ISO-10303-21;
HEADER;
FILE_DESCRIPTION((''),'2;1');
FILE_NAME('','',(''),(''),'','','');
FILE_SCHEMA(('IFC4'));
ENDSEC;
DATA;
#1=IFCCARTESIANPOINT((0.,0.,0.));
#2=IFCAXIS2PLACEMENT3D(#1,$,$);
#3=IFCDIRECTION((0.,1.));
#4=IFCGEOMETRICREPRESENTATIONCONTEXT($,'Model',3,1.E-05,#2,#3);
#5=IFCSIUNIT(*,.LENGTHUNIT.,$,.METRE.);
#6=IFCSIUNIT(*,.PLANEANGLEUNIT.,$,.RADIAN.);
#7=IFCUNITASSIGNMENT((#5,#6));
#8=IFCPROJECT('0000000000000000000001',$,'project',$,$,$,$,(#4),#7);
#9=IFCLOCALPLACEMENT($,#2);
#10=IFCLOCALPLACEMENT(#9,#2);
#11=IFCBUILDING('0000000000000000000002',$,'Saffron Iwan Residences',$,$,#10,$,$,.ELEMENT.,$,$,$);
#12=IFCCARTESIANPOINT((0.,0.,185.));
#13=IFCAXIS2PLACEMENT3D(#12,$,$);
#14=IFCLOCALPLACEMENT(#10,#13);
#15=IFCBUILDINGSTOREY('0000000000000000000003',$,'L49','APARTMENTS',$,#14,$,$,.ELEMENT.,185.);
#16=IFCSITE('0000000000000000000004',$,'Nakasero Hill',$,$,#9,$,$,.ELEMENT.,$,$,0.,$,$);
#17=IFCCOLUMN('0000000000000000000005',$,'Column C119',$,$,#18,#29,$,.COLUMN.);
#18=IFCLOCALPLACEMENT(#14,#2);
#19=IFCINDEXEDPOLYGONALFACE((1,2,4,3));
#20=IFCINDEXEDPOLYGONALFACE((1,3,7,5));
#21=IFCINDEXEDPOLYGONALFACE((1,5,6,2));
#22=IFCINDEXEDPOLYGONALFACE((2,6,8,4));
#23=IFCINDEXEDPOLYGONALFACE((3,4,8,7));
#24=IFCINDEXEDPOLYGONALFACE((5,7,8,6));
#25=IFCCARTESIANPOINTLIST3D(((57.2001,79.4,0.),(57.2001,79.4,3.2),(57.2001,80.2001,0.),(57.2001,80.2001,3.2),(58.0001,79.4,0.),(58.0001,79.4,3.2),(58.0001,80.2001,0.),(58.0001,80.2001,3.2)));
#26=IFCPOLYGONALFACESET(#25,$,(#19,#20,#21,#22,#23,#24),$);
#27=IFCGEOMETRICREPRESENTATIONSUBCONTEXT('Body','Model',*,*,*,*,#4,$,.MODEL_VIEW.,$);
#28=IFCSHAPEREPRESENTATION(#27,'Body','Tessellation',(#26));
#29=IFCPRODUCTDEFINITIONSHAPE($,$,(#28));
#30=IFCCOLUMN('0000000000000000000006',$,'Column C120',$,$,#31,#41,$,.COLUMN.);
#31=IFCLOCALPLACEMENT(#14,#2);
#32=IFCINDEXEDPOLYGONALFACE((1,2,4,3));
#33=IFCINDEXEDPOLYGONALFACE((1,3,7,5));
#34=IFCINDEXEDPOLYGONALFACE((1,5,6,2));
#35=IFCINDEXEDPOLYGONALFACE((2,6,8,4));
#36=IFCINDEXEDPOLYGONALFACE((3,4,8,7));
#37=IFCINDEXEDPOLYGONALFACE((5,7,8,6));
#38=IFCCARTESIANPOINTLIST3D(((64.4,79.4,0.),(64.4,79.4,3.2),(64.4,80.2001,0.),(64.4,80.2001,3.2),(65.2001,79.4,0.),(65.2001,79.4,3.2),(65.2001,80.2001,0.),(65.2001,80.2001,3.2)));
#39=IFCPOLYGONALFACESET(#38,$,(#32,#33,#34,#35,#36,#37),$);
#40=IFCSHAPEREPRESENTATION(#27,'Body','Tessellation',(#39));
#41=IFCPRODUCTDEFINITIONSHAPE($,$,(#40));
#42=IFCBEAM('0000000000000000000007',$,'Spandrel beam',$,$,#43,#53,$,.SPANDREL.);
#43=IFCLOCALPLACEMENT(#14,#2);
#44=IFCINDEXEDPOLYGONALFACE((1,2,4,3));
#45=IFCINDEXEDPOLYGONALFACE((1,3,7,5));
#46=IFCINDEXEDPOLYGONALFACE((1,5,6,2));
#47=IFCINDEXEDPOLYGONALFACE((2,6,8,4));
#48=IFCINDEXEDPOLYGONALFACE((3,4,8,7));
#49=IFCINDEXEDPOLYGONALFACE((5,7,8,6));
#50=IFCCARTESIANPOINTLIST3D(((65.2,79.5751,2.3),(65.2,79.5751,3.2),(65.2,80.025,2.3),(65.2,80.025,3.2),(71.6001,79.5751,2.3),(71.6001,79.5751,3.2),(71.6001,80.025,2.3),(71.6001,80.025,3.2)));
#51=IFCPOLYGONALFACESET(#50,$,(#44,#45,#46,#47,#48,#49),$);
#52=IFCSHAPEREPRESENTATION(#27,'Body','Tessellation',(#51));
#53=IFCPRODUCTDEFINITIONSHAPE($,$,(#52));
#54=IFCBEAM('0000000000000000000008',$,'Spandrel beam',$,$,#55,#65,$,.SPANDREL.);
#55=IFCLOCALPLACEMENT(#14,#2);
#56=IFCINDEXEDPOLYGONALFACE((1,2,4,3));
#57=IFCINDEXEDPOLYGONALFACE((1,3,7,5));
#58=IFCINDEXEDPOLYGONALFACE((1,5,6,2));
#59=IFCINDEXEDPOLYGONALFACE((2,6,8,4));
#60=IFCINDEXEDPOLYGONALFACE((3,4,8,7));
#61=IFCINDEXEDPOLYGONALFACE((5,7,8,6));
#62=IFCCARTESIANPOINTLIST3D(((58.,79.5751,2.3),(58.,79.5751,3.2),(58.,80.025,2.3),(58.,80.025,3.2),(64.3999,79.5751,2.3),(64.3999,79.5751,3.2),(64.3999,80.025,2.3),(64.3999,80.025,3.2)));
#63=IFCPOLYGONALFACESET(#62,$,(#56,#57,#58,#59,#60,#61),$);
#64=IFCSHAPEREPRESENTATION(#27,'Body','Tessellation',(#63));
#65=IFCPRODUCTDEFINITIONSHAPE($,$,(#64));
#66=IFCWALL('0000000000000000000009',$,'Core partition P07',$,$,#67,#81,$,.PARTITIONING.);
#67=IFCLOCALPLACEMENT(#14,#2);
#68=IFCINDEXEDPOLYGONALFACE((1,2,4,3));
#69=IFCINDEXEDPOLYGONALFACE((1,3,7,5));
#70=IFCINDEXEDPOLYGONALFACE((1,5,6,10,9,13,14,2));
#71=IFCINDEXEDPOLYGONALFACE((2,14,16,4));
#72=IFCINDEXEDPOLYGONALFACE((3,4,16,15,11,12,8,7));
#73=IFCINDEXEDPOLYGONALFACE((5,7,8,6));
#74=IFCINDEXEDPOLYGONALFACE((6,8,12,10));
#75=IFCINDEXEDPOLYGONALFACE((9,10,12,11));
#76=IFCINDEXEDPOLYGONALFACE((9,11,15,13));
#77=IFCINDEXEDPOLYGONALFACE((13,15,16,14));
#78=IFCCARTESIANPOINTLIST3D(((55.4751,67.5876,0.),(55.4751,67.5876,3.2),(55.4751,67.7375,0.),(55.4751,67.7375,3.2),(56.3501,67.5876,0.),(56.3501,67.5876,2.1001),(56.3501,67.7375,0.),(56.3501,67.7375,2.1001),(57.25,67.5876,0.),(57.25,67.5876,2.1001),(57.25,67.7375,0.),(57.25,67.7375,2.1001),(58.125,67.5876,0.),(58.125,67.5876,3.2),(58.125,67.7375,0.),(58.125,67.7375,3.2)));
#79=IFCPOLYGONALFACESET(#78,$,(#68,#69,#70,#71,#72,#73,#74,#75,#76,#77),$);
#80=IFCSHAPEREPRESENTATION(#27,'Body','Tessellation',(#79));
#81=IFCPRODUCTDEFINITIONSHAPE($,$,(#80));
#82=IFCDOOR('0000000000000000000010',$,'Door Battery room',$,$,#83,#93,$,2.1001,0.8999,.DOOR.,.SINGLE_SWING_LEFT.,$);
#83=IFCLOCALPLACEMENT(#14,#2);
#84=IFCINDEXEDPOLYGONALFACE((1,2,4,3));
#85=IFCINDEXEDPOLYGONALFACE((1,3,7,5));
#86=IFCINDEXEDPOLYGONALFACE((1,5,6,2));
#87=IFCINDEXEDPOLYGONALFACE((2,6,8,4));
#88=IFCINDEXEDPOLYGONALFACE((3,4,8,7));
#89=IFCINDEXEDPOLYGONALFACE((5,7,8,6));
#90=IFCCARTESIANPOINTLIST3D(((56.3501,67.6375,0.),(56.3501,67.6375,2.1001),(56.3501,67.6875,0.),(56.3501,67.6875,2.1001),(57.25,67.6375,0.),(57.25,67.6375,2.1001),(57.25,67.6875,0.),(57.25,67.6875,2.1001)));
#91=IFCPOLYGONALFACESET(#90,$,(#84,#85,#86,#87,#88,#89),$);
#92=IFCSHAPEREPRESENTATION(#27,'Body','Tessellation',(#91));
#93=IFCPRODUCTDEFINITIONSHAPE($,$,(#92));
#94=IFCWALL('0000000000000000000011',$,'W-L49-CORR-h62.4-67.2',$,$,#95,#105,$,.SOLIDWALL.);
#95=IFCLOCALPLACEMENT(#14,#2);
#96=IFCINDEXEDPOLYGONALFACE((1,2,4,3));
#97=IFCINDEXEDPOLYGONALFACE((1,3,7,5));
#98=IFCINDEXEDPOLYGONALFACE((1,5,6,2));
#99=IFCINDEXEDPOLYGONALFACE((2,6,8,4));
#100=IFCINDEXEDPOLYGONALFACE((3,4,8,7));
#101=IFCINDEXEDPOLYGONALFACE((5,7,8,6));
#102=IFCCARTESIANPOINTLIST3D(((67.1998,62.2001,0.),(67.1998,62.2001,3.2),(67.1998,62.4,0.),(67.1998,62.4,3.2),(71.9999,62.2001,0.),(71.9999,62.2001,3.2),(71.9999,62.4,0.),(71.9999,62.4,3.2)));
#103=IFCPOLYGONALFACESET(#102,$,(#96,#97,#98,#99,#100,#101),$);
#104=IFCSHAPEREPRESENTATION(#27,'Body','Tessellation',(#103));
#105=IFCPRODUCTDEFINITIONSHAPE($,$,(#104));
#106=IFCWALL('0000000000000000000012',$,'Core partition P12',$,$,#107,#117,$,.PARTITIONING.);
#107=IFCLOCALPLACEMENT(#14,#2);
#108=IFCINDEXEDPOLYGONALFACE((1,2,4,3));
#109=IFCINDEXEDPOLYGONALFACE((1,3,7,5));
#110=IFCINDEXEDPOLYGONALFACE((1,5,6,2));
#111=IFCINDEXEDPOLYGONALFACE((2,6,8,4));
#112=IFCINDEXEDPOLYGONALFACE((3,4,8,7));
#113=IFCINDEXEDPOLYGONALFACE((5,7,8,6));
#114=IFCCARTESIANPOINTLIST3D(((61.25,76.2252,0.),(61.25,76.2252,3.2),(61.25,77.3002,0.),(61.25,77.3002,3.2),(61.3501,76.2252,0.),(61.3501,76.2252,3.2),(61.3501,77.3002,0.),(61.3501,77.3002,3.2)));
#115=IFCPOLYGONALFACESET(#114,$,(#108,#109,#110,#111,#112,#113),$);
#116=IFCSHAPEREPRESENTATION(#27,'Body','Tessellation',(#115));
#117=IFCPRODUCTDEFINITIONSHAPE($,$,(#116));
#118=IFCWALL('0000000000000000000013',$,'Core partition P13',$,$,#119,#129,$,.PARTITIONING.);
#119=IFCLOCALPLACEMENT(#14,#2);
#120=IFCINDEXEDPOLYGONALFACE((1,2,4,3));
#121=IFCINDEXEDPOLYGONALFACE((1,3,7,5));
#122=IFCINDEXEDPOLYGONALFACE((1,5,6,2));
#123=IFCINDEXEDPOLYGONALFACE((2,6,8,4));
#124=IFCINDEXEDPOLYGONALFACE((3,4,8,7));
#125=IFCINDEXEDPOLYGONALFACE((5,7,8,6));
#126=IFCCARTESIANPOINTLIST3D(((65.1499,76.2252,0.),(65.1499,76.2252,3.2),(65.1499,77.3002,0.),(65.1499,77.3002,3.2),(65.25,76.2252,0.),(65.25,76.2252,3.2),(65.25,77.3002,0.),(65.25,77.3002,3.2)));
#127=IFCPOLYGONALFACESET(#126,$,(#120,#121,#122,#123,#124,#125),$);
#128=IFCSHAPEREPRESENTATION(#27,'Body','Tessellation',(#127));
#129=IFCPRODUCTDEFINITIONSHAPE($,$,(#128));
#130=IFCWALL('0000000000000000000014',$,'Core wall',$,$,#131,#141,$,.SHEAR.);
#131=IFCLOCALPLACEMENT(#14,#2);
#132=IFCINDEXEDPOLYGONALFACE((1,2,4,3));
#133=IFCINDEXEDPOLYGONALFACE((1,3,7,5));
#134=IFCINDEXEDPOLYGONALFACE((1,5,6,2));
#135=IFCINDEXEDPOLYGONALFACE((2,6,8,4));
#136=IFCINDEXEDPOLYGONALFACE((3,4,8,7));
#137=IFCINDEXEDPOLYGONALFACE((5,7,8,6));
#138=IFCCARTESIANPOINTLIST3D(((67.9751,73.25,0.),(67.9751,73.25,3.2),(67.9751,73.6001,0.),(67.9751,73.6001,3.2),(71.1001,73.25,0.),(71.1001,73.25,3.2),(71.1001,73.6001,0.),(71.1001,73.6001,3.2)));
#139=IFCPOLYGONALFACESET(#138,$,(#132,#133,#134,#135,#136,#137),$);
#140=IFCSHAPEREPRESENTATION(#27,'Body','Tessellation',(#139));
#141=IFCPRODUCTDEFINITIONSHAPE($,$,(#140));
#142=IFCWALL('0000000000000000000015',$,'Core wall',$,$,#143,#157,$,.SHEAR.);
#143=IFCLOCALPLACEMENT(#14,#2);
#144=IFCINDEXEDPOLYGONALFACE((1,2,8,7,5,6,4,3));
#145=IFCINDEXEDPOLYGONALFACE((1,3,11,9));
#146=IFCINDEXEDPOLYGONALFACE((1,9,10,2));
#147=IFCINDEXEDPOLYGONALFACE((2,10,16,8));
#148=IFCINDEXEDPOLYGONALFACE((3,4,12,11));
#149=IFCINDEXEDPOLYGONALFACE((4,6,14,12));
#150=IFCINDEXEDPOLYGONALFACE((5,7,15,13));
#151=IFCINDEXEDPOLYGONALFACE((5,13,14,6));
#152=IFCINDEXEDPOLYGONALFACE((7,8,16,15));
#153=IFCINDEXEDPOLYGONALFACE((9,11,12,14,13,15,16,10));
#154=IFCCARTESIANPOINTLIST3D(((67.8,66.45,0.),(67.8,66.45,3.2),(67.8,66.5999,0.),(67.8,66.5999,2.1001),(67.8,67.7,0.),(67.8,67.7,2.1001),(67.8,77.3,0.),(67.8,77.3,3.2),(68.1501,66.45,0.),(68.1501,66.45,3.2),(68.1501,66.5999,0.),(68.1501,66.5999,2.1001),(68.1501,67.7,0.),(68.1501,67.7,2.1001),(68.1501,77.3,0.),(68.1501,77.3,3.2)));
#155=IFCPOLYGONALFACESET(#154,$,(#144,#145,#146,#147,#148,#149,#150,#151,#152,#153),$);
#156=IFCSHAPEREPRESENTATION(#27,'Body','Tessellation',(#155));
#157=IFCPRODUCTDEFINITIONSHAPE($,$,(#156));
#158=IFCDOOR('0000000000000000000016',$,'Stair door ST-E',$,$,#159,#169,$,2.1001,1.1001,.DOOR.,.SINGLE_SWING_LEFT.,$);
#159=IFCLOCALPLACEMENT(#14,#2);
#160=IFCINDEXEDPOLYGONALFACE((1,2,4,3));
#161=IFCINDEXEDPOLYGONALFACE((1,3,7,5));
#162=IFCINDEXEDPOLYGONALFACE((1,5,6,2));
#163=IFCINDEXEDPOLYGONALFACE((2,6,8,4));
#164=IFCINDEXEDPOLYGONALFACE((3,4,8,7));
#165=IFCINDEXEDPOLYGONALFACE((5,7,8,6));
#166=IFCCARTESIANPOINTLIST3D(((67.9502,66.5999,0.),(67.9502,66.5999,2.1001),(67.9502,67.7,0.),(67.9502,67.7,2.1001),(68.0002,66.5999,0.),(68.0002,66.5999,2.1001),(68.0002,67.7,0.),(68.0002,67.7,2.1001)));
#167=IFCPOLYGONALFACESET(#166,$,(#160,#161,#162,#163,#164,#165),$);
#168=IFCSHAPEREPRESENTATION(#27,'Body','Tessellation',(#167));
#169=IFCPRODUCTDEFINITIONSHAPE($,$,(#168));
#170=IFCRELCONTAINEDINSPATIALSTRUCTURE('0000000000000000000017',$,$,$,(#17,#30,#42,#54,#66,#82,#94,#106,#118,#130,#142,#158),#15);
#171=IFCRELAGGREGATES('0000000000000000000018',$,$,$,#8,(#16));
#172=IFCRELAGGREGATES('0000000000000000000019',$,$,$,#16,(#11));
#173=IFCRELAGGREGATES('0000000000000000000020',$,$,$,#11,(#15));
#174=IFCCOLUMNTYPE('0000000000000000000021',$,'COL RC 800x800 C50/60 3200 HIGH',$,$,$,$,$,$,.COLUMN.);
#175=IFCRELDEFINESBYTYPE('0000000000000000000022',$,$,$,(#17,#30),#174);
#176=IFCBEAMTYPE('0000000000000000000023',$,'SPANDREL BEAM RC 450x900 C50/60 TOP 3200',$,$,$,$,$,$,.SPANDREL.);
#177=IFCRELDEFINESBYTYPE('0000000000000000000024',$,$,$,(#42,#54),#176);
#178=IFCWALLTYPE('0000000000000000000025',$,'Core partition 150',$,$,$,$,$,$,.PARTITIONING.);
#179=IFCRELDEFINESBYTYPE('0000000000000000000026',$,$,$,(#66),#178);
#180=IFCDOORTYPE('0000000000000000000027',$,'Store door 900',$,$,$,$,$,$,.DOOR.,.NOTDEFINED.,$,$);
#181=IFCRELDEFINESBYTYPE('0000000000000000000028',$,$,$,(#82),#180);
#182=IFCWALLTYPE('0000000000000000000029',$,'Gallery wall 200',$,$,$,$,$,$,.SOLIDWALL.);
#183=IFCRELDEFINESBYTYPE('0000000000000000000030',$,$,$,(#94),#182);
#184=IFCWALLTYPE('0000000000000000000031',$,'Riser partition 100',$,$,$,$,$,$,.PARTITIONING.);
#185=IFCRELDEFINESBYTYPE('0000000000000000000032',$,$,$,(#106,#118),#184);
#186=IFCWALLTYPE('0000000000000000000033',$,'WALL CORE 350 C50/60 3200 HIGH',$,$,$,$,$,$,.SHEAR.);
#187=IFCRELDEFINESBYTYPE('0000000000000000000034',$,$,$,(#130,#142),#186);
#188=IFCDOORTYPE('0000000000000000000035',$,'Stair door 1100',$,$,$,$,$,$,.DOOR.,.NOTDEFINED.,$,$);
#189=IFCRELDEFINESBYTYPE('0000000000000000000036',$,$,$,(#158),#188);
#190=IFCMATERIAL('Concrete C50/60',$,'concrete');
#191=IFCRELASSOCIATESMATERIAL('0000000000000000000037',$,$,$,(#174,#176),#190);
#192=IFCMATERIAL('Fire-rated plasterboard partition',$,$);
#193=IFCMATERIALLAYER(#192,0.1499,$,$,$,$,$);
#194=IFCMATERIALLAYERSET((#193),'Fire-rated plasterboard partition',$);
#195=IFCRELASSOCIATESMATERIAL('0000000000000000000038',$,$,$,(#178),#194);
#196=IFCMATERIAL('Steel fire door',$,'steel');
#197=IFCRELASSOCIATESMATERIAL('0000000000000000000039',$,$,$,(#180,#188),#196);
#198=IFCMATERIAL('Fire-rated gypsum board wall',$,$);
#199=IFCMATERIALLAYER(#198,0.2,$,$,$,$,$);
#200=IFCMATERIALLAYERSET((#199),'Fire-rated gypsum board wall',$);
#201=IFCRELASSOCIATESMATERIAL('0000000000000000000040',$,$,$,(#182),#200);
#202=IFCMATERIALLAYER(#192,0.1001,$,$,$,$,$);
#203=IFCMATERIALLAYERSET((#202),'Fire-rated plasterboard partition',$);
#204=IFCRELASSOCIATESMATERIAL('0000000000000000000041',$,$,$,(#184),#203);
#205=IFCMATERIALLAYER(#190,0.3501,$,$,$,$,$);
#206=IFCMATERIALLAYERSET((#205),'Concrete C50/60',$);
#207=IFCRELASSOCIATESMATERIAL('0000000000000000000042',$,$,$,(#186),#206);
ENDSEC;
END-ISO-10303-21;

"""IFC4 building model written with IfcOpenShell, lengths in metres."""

from ifc_helpers import new_model, si_unit, direction, frame, frame_2d, origin, origin_2d, place, context, subcontext, project, spatial, rectangle, extrude, source, transform, mapped, material, layer, layer_set, material_profile, profile_set, type_object, element, fill, save


model = new_model("IFC4")

# Units and contexts
model_context = context("Model", 3, precision=1e-05, world=origin(), true_north=direction((0.0, 1.0)))
body_context = subcontext(model_context, "Body", "Model", "MODEL_VIEW")
ifc_project = project(units=[si_unit("LENGTHUNIT", "METRE"), si_unit("PLANEANGLEUNIT", "RADIAN")], contexts=[model_context])

# Site, building, storey
site_placement = place(None, origin())
site = spatial("IfcSite", under=ifc_project, at=site_placement, Name="Nakasero Hill", CompositionType="ELEMENT", RefElevation=0.0)
building_placement = place(site_placement, origin())
building = spatial("IfcBuilding", under=site, at=building_placement, Name="Saffron Iwan Residences", CompositionType="ELEMENT")
storey_placement = place(building_placement, frame((0.0, 0.0, 185.0)))
storey = spatial("IfcBuildingStorey", under=building, at=storey_placement, Name="L49", Description="APARTMENTS", CompositionType="ELEMENT", Elevation=185.0)

# Columns
ifc_material_1 = material(Name="Concrete C50/60", Category="concrete")
ifc_material_profile_1 = material_profile(ifc_material_1, rectangle(XDim=0.8, YDim=0.8, at=origin_2d()), Name="RC 800x800")
ifc_profile_set_1 = profile_set([ifc_material_profile_1], Name="Concrete C50/60")
column_type = type_object("IfcColumnType", Name="COL RC 800x800 C50/60 3200 HIGH", PredefinedType="COLUMN", material=ifc_profile_set_1)
shared_shape_1 = source(origin(), body_context, "Body", "SweptSolid", [
    extrude(rectangle(XDim=0.8, YDim=0.8, at=origin_2d()), origin(), (0.0, 0.0, 1.0), 3.2),
])
for number, where, z_axis, x_axis, name in (
    (1, (57.6001, 79.8, 0.0), (0.0, 0.0, 1.0), (1.0, 0.0, 0.0), "Column C119"),
    (2, (64.8, 79.8, 0.0), (0.0, 0.0, 1.0), (1.0, 0.0, 0.0), "Column C120"),
):
    element("IfcColumn", number, at=place(storey_placement, frame(where, z_axis=z_axis, x_axis=x_axis)), inside=storey, type_object=column_type, Name=name, PredefinedType="COLUMN", context=body_context, shape_type="MappedRepresentation", body=[
        mapped(shared_shape_1, transform((0.0, 0.0, 0.0))),
    ])

# Beams
ifc_material_profile_2 = material_profile(ifc_material_1, rectangle(XDim=0.45, YDim=0.8999, at=origin_2d()), Name="RC 450x900")
ifc_profile_set_2 = profile_set([ifc_material_profile_2], Name="Concrete C50/60")
beam_type = type_object("IfcBeamType", Name="SPANDREL BEAM RC 450x900 C50/60 TOP 3200", PredefinedType="SPANDREL", material=ifc_profile_set_2)
shared_shape_2 = source(origin(), body_context, "Body", "SweptSolid", [
    extrude(rectangle(XDim=0.45, YDim=0.8999, at=origin_2d()), origin(), (0.0, 0.0, 1.0), 6.4001),
])
beam_1_placement = place(storey_placement, frame((65.2, 79.8, 2.75), z_axis=(1.0, 0.0, 0.0), x_axis=(0.0, 1.0, 0.0)))
element("IfcBeam", 3, at=beam_1_placement, inside=storey, type_object=beam_type, Name="Spandrel beam", PredefinedType="SPANDREL", context=body_context, shape_type="MappedRepresentation", body=[
    mapped(shared_shape_2, transform((0.0, 0.0, 0.0))),
])
shared_shape_3 = source(origin(), body_context, "Body", "SweptSolid", [
    extrude(rectangle(XDim=0.45, YDim=0.8999, at=origin_2d()), origin(), (0.0, 0.0, 1.0), 6.3999),
])
beam_2_placement = place(storey_placement, frame((58.0, 79.8, 2.75), z_axis=(1.0, 0.0, 0.0), x_axis=(0.0, 1.0, 0.0)))
element("IfcBeam", 4, at=beam_2_placement, inside=storey, type_object=beam_type, Name="Spandrel beam", PredefinedType="SPANDREL", context=body_context, shape_type="MappedRepresentation", body=[
    mapped(shared_shape_3, transform((0.0, 0.0, 0.0))),
])

# Wall, opening, door
ifc_material_2 = material(Name="Fire-rated plasterboard partition")
ifc_layer_1 = layer(ifc_material_2, 0.1499)
ifc_layer_set_1 = layer_set([ifc_layer_1], Name="Fire-rated plasterboard partition")
wall_type_1 = type_object("IfcWallType", Name="Core partition 150", PredefinedType="PARTITIONING", material=ifc_layer_set_1)
wall_1_placement = place(storey_placement, frame((55.4751, 67.6626, 0.0), z_axis=(0.0, 0.0, 1.0), x_axis=(1.0, 0.0, 0.0)))
wall_1 = element("IfcWall", 5, at=wall_1_placement, inside=storey, type_object=wall_type_1, Name="Core partition P07", PredefinedType="PARTITIONING", context=body_context, shape_type="SweptSolid", body=[
    extrude(rectangle(XDim=2.6499, YDim=0.1499, at=frame_2d((1.325, 0.0))), origin(), (0.0, 0.0, 1.0), 3.2),
])
opening_1_placement = place(wall_1_placement, frame((0.875, 0.0, 0.0)))
opening_1 = element("IfcOpeningElement", 6, at=opening_1_placement, cuts=wall_1, PredefinedType="OPENING", context=body_context, shape_type="SweptSolid", body=[
    extrude(rectangle(XDim=0.8999, YDim=2.1001, at=frame_2d((0.45, 1.05))), frame((0.0, 0.085, 0.0), z_axis=(0.0, -1.0, 0.0), x_axis=(1.0, 0.0, 0.0)), (0.0, 0.0, 1.0), 0.1699),
])
ifc_material_3 = material(Name="Steel fire door", Category="steel")
door_type_1 = type_object("IfcDoorType", Name="Store door 900", OperationType="NOTDEFINED", PredefinedType="DOOR", material=ifc_material_3)
door_1_placement = place(opening_1_placement, origin())
door_1 = element("IfcDoor", 7, at=door_1_placement, inside=storey, type_object=door_type_1, Name="Door Battery room", OperationType="SINGLE_SWING_LEFT", OverallHeight=2.1001, OverallWidth=0.8999, PredefinedType="DOOR", context=body_context, shape_type="SweptSolid", body=[
    extrude(rectangle(XDim=0.8999, YDim=2.1001, at=frame_2d((0.45, 1.05))), frame((0.0, 0.0249, 0.0), z_axis=(0.0, -1.0, 0.0), x_axis=(1.0, 0.0, 0.0)), (0.0, 0.0, 1.0), 0.05),
])
fill(opening_1, door_1)

# Walls
ifc_material_4 = material(Name="Fire-rated gypsum board wall")
ifc_layer_2 = layer(ifc_material_4, 0.2)
ifc_layer_set_2 = layer_set([ifc_layer_2], Name="Fire-rated gypsum board wall")
wall_type_2 = type_object("IfcWallType", Name="Gallery wall 200", PredefinedType="SOLIDWALL", material=ifc_layer_set_2)
wall_2_placement = place(storey_placement, frame((67.2, 62.3, 0.0), z_axis=(0.0, 0.0, 1.0), x_axis=(1.0, 0.0, 0.0)))
element("IfcWall", 8, at=wall_2_placement, inside=storey, type_object=wall_type_2, Name="W-L49-CORR-h62.4-67.2", PredefinedType="SOLIDWALL", context=body_context, shape_type="SweptSolid", body=[
    extrude(rectangle(XDim=4.8, YDim=0.2, at=frame_2d((2.3999, 0.0))), origin(), (0.0, 0.0, 1.0), 3.2),
])
ifc_layer_3 = layer(ifc_material_2, 0.1001)
ifc_layer_set_3 = layer_set([ifc_layer_3], Name="Fire-rated plasterboard partition")
wall_type_3 = type_object("IfcWallType", Name="Riser partition 100", PredefinedType="PARTITIONING", material=ifc_layer_set_3)
for number, where, z_axis, x_axis, name in (
    (9, (61.3, 76.2251, 0.0), (0.0, 0.0, 1.0), (0.0, 1.0, 0.0), "Core partition P12"),
    (10, (65.2, 76.2251, 0.0), (0.0, 0.0, 1.0), (0.0, 1.0, 0.0), "Core partition P13"),
):
    element("IfcWall", number, at=place(storey_placement, frame(where, z_axis=z_axis, x_axis=x_axis)), inside=storey, type_object=wall_type_3, Name=name, PredefinedType="PARTITIONING", context=body_context, shape_type="SweptSolid", body=[
        extrude(rectangle(XDim=1.075, YDim=0.1001, at=frame_2d((0.5376, 0.0))), origin(), (0.0, 0.0, 1.0), 3.2),
    ])
ifc_layer_4 = layer(ifc_material_1, 0.3501)
ifc_layer_set_4 = layer_set([ifc_layer_4], Name="Concrete C50/60")
wall_type_4 = type_object("IfcWallType", Name="WALL CORE 350 C50/60 3200 HIGH", PredefinedType="SHEAR", material=ifc_layer_set_4)
wall_3_placement = place(storey_placement, frame((67.9751, 73.425, 0.0), z_axis=(0.0, 0.0, 1.0), x_axis=(1.0, 0.0, 0.0)))
element("IfcWall", 11, at=wall_3_placement, inside=storey, type_object=wall_type_4, Name="Core wall", PredefinedType="SHEAR", context=body_context, shape_type="SweptSolid", body=[
    extrude(rectangle(XDim=3.125, YDim=0.3501, at=frame_2d((1.5625, 0.0))), origin(), (0.0, 0.0, 1.0), 3.2),
])

# Wall, opening, door
wall_4_placement = place(storey_placement, frame((67.9751, 66.45, 0.0), z_axis=(0.0, 0.0, 1.0), x_axis=(0.0, 1.0, 0.0)))
wall_4 = element("IfcWall", 12, at=wall_4_placement, inside=storey, type_object=wall_type_4, Name="Core wall", PredefinedType="SHEAR", context=body_context, shape_type="SweptSolid", body=[
    extrude(rectangle(XDim=10.8501, YDim=0.3501, at=frame_2d((5.425, 0.0))), origin(), (0.0, 0.0, 1.0), 3.2),
])
opening_2_placement = place(wall_4_placement, frame((0.1499, 0.0, 0.0)))
opening_2 = element("IfcOpeningElement", 13, at=opening_2_placement, cuts=wall_4, PredefinedType="OPENING", context=body_context, shape_type="SweptSolid", body=[
    extrude(rectangle(XDim=1.1001, YDim=2.1001, at=frame_2d((0.55, 1.05))), frame((0.0, 0.1851, 0.0), z_axis=(0.0, -1.0, 0.0), x_axis=(1.0, 0.0, 0.0)), (0.0, 0.0, 1.0), 0.3701),
])
door_type_2 = type_object("IfcDoorType", Name="Stair door 1100", OperationType="NOTDEFINED", PredefinedType="DOOR", material=ifc_material_3)
door_2_placement = place(opening_2_placement, origin())
door_2 = element("IfcDoor", 14, at=door_2_placement, inside=storey, type_object=door_type_2, Name="Stair door ST-E", OperationType="SINGLE_SWING_LEFT", OverallHeight=2.1001, OverallWidth=1.1001, PredefinedType="DOOR", context=body_context, shape_type="SweptSolid", body=[
    extrude(rectangle(XDim=1.1001, YDim=2.1001, at=frame_2d((0.55, 1.05))), frame((0.0, 0.0249, 0.0), z_axis=(0.0, -1.0, 0.0), x_axis=(1.0, 0.0, 0.0)), (0.0, 0.0, 1.0), 0.05),
])
fill(opening_2, door_2)

save(model, "model.ifc")
